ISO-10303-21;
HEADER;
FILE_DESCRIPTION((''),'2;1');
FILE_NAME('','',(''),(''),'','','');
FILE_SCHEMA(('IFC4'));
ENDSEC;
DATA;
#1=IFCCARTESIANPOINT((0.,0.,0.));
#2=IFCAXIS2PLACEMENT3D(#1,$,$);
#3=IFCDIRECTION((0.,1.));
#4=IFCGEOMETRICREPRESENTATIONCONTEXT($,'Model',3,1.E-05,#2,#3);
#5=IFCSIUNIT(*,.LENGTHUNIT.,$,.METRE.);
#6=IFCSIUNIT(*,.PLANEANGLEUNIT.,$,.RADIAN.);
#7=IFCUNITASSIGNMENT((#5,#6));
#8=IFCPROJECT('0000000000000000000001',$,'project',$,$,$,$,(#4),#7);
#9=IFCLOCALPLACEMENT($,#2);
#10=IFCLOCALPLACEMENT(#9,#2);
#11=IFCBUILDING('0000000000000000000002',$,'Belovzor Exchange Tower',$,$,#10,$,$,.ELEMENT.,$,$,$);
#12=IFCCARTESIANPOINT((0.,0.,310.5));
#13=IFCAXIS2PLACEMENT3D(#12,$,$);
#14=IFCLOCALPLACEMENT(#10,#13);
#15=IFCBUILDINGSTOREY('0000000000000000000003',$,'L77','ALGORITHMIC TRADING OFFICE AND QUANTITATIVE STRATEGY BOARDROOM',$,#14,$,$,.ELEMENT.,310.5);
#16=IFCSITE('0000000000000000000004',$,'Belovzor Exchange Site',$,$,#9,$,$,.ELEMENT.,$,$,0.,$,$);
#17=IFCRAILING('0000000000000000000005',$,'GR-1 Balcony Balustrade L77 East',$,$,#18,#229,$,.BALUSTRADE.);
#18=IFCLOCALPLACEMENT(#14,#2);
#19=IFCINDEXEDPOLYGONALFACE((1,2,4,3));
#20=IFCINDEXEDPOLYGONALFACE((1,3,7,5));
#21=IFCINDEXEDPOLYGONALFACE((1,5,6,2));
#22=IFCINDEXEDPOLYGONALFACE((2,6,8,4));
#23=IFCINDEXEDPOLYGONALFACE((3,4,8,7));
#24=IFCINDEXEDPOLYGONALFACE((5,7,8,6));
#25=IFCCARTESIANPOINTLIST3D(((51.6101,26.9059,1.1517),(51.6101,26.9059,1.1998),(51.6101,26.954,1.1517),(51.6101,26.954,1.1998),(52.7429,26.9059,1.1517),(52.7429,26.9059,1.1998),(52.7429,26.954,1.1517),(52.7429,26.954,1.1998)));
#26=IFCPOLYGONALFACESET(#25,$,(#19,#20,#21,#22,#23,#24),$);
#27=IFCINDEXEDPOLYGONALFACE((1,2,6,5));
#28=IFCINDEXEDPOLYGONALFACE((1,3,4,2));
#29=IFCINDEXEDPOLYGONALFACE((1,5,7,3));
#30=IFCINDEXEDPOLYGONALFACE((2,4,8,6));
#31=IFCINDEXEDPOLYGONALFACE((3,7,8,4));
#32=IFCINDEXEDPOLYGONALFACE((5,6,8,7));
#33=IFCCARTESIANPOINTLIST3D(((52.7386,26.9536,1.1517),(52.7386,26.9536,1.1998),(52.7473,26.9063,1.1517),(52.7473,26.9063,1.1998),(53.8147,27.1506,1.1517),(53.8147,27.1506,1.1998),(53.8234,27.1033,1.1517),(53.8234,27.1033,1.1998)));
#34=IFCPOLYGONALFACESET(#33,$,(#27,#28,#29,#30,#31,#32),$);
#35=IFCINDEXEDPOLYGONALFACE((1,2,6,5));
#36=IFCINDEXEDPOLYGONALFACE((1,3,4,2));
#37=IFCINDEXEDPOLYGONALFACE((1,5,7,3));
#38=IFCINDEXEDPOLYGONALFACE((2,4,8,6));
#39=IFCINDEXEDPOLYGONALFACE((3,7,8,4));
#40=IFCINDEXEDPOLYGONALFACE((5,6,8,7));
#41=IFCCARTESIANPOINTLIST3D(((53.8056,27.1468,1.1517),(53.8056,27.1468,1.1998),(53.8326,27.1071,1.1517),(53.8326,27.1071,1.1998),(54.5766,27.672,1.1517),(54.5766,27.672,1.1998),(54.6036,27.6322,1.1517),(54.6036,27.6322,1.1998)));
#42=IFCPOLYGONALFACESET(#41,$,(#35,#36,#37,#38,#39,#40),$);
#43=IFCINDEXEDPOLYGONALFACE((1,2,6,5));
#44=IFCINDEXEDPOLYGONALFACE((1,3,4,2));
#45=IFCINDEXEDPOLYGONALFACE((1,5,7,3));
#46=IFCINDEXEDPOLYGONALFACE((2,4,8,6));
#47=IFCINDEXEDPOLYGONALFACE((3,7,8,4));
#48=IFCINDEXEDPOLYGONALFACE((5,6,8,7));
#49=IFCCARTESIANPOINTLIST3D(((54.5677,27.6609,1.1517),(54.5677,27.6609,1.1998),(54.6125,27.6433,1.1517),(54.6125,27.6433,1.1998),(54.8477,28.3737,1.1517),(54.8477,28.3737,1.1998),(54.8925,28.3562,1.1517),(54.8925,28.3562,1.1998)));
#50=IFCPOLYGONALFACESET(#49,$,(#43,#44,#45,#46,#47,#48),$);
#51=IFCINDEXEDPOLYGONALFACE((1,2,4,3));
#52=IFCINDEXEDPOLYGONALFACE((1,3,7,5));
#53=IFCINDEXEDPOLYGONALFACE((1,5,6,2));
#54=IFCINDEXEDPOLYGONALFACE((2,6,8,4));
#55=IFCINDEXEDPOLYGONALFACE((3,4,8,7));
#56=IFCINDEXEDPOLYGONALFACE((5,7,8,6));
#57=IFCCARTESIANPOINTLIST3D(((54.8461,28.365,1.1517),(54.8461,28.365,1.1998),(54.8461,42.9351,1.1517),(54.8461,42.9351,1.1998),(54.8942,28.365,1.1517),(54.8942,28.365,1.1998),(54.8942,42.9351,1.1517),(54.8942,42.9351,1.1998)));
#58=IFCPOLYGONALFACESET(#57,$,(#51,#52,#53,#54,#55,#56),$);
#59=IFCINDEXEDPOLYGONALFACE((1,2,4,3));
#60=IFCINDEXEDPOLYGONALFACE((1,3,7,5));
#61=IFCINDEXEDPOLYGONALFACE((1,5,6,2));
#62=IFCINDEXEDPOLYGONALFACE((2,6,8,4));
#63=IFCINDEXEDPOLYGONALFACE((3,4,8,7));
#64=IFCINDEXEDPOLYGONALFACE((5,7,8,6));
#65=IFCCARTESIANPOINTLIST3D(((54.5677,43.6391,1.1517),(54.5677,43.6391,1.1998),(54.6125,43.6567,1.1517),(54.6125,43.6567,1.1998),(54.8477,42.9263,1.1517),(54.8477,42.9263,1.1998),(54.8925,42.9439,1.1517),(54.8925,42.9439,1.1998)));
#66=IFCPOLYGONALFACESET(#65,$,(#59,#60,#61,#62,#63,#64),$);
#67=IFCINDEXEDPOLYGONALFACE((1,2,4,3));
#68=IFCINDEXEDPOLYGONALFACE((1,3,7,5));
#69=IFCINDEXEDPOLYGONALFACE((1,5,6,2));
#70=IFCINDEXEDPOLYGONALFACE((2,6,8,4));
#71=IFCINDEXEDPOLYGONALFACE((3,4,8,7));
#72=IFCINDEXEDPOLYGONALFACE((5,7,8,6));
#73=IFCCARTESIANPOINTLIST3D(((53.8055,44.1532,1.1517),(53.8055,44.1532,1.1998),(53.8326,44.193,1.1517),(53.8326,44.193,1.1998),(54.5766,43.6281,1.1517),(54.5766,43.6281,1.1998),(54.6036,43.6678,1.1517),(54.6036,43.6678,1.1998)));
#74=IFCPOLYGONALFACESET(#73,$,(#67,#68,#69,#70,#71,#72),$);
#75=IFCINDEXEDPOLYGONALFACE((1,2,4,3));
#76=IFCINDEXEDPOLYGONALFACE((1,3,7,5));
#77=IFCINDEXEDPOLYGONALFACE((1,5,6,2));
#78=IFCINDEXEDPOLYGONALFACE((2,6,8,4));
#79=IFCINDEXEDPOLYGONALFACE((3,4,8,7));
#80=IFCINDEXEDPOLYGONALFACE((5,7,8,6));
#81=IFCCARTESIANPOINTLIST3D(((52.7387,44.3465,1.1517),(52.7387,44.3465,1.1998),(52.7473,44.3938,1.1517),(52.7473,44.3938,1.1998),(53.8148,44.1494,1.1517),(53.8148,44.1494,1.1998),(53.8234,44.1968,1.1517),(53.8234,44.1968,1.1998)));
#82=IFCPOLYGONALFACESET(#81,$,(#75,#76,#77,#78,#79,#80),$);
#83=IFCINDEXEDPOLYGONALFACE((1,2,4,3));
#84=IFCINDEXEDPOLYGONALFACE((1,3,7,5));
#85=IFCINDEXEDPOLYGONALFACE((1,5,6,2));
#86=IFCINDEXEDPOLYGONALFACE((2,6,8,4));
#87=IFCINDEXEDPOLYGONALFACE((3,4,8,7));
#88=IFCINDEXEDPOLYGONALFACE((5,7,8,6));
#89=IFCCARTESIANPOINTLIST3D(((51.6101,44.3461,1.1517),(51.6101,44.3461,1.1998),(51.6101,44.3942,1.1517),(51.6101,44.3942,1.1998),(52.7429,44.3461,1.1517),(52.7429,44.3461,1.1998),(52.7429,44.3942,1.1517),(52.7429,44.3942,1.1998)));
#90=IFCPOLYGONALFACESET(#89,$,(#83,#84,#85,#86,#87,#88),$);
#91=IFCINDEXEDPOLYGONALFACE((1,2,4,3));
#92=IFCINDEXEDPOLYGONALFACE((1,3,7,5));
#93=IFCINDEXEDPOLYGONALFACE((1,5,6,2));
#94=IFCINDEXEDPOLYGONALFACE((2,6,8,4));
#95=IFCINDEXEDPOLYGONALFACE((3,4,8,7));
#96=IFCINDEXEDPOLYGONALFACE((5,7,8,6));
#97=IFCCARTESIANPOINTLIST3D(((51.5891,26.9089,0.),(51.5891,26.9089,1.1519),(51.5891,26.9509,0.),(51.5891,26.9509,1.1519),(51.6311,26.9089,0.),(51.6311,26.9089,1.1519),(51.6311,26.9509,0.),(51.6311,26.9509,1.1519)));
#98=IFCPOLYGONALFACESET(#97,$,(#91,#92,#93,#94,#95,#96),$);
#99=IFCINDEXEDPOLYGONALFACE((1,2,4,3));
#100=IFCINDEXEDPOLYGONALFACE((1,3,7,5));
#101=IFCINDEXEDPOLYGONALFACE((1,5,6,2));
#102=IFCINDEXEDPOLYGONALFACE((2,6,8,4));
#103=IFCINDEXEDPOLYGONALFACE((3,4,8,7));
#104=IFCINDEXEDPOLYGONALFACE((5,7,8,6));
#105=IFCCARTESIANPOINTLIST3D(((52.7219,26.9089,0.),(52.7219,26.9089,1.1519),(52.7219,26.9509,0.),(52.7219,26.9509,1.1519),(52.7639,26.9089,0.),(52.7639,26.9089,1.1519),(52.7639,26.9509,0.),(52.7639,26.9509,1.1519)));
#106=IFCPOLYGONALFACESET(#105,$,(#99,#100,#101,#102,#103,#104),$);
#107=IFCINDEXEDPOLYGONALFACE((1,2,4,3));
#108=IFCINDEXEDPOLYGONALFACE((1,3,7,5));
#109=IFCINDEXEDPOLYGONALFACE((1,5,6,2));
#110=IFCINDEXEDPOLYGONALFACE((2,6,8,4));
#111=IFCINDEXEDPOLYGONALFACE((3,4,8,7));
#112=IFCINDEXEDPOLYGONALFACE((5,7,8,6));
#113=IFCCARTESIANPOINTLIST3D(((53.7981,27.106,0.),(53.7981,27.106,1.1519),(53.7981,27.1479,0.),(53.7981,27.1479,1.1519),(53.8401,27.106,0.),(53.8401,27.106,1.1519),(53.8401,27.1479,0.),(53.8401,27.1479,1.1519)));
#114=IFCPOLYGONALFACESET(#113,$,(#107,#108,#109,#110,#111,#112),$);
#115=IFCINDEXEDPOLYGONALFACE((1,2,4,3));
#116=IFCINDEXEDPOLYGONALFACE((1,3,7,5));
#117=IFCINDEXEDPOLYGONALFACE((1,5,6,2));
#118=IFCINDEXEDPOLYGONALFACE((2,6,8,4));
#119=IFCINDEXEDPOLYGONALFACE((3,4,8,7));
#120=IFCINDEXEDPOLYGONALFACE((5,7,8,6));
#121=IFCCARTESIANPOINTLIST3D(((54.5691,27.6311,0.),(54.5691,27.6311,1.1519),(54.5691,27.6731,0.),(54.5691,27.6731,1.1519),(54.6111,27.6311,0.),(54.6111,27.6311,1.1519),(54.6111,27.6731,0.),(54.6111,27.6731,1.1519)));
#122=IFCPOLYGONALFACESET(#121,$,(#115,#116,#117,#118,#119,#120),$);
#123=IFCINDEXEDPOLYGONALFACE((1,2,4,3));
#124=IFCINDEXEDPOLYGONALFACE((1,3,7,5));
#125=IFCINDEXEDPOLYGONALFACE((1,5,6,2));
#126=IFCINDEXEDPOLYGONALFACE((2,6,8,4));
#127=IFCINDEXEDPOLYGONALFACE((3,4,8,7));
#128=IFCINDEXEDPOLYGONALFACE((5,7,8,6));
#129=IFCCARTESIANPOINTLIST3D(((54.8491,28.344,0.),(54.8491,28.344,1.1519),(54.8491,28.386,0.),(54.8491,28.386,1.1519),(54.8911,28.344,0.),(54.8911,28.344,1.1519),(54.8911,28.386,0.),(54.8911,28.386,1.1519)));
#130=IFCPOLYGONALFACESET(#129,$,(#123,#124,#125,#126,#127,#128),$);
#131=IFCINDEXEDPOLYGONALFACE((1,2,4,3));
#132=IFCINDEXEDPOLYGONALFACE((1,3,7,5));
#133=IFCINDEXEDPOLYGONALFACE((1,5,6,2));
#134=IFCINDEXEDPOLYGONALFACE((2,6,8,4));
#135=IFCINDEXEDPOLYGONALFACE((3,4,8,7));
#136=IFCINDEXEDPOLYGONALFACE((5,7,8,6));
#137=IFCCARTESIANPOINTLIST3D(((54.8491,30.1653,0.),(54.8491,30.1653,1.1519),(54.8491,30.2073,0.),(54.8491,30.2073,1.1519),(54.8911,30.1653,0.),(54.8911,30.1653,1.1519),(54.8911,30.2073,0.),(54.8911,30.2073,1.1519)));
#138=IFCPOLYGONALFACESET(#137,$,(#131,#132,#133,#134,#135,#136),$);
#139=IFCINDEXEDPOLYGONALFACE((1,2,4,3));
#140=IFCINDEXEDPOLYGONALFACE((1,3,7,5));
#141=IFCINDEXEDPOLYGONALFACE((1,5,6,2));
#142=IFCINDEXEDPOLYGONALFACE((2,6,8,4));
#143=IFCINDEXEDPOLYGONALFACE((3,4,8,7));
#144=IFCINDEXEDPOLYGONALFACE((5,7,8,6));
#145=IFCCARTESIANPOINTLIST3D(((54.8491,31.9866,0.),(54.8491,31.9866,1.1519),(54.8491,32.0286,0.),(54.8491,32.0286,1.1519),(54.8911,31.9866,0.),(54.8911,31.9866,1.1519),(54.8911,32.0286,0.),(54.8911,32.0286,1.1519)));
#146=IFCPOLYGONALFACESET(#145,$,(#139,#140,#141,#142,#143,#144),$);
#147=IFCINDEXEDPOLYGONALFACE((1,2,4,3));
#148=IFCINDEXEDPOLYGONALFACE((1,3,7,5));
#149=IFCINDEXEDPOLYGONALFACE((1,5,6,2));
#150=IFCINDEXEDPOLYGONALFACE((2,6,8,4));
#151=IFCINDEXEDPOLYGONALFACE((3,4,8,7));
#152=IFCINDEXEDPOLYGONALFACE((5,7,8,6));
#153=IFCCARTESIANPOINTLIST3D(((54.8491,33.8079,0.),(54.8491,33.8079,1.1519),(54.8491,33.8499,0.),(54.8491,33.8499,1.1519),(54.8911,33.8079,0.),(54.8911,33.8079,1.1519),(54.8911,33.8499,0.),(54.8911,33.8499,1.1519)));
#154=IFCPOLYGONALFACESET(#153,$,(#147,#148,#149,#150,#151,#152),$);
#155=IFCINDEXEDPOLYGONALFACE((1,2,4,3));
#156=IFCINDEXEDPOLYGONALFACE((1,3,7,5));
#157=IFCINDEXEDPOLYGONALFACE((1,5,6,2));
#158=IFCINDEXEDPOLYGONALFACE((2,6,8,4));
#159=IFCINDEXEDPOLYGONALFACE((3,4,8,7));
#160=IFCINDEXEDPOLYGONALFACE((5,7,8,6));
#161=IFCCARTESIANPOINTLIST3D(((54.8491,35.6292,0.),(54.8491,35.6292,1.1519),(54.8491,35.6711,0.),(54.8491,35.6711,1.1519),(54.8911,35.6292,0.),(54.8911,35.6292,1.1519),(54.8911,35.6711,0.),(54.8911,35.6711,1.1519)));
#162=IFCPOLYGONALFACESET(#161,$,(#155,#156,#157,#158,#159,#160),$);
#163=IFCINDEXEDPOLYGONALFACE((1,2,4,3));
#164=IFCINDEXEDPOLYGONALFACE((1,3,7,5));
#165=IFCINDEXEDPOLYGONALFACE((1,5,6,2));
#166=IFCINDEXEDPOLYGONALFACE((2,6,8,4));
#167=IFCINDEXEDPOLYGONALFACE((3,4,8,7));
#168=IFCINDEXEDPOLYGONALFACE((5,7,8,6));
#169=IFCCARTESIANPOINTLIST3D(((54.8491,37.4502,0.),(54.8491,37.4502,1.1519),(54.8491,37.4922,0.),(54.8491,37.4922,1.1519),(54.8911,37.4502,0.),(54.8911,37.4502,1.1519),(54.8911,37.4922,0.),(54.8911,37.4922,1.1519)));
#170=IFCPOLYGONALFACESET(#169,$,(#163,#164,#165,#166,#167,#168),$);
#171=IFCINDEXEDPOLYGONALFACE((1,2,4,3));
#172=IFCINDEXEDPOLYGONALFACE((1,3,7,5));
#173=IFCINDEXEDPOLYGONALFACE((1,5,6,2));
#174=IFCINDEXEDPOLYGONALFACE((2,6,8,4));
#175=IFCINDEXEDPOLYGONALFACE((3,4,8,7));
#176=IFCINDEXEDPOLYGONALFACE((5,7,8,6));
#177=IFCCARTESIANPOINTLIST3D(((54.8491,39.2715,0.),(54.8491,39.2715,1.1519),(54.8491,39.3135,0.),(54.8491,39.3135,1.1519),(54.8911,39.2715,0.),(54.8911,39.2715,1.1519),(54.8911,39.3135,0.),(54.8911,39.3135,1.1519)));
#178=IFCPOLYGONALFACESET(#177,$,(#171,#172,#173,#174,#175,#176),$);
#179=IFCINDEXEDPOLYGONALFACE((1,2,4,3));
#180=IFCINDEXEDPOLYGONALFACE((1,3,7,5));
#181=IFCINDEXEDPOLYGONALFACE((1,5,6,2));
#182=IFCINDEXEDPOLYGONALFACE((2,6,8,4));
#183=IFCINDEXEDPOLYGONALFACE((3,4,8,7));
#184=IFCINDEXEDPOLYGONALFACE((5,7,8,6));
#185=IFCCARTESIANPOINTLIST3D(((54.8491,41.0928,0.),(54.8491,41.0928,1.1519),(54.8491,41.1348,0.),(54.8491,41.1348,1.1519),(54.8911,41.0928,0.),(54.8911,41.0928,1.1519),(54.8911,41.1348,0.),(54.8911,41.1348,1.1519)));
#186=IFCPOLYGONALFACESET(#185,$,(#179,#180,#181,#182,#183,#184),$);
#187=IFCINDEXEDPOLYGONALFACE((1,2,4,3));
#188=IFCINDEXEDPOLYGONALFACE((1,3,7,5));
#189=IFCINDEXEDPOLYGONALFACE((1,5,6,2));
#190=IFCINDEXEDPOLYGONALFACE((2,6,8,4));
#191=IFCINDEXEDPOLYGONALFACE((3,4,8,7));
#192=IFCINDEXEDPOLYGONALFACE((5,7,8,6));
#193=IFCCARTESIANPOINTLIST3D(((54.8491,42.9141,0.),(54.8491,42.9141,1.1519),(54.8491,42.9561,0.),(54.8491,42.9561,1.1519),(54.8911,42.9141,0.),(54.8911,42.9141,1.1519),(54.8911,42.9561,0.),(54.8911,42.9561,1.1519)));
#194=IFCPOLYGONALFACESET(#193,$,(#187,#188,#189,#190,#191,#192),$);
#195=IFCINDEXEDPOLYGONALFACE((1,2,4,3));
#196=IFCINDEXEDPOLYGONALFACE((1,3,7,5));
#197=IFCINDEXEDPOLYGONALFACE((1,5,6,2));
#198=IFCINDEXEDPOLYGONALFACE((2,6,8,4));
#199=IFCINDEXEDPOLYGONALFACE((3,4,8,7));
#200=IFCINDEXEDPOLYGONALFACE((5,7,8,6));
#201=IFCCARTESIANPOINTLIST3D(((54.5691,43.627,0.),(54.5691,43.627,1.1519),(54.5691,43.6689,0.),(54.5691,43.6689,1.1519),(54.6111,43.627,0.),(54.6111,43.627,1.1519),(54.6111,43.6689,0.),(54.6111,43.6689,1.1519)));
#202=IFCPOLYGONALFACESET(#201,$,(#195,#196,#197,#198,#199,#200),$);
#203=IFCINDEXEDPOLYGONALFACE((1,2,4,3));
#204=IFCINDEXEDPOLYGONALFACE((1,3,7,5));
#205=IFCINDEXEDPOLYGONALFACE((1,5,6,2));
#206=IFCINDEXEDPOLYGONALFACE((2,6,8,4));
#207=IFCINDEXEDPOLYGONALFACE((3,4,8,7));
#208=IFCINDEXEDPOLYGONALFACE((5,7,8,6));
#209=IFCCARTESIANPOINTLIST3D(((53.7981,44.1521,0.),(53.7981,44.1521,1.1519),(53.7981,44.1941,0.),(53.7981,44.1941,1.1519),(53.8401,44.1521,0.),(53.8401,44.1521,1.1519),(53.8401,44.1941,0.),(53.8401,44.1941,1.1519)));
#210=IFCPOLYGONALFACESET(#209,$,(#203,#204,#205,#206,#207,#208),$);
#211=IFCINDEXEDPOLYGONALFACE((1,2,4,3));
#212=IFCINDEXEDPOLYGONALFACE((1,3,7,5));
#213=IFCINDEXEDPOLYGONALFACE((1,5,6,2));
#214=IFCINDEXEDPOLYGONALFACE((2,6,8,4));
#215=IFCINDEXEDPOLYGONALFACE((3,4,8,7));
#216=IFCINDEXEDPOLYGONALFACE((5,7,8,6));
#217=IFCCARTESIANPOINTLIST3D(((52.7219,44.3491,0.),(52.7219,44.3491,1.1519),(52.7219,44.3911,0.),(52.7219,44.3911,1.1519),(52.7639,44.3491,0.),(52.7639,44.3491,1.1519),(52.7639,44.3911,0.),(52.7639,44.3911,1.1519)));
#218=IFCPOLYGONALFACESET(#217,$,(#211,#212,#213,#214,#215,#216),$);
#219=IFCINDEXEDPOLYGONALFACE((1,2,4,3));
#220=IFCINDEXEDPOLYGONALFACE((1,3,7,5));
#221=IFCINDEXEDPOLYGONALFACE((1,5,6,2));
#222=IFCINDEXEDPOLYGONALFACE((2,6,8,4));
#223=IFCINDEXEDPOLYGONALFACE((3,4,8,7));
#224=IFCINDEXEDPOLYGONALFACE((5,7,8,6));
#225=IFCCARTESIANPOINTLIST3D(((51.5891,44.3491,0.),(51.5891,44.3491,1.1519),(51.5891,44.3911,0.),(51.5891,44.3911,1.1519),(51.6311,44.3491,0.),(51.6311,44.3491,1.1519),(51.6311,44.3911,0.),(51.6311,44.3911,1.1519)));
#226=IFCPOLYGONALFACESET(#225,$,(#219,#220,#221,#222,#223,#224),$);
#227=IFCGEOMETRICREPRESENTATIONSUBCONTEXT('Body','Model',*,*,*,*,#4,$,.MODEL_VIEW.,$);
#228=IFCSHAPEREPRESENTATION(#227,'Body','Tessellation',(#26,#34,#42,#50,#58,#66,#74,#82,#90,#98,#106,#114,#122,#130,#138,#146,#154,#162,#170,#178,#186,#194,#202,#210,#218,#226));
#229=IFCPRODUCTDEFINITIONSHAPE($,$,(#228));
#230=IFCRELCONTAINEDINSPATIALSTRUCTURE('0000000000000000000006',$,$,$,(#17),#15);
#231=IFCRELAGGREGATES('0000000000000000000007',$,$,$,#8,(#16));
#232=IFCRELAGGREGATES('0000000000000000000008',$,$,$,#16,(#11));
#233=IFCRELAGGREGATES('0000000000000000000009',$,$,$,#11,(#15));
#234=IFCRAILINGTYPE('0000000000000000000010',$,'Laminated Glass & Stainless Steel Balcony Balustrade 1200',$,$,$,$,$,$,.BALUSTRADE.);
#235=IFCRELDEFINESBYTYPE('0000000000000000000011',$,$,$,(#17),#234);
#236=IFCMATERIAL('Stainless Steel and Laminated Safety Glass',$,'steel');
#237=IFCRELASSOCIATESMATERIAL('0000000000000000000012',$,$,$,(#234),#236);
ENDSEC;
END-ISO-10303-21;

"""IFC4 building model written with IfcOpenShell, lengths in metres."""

from ifc_helpers import new_model, si_unit, direction, frame, origin, origin_2d, place, context, subcontext, project, spatial, rectangle, extrude, material, type_object, element, save


model = new_model("IFC4")

# Units and contexts
model_context = context("Model", 3, precision=1e-05, world=origin(), true_north=direction((0.0, 1.0)))
body_context = subcontext(model_context, "Body", "Model", "MODEL_VIEW")
ifc_project = project(units=[si_unit("LENGTHUNIT", "METRE"), si_unit("PLANEANGLEUNIT", "RADIAN")], contexts=[model_context])

# Site, building, storey
site_placement = place(None, origin())
site = spatial("IfcSite", under=ifc_project, at=site_placement, Name="Belovzor Exchange Site", CompositionType="ELEMENT", RefElevation=0.0)
building_placement = place(site_placement, origin())
building = spatial("IfcBuilding", under=site, at=building_placement, Name="Belovzor Exchange Tower", CompositionType="ELEMENT")
storey_placement = place(building_placement, frame((0.0, 0.0, 310.5)))
storey = spatial("IfcBuildingStorey", under=building, at=storey_placement, Name="L77", Description="ALGORITHMIC TRADING OFFICE AND QUANTITATIVE STRATEGY BOARDROOM", CompositionType="ELEMENT", Elevation=310.5)

# Railing
ifc_material_1 = material(Name="Stainless Steel and Laminated Safety Glass", Category="steel")
railing_type = type_object("IfcRailingType", Name="Laminated Glass & Stainless Steel Balcony Balustrade 1200", PredefinedType="BALUSTRADE", material=ifc_material_1)
railing_placement = place(storey_placement, frame((51.6101, 26.9299, 0.0)))
element("IfcRailing", 1, at=railing_placement, inside=storey, type_object=railing_type, Name="GR-1 Balcony Balustrade L77 East", PredefinedType="BALUSTRADE", context=body_context, shape_type="SweptSolid", body=[
    extrude(rectangle(XDim=0.0481, YDim=0.0481, at=origin_2d()), frame((0.0, 0.0, 1.1758), z_axis=(1.0, 0.0, 0.0), x_axis=(0.0, 1.0, 0.0)), (0.0, 0.0, 1.0), 1.1328),
    extrude(rectangle(XDim=0.0481, YDim=0.0481, at=origin_2d()), frame((1.1328, 0.0, 1.1758), z_axis=(0.983651, 0.180083, 0.0), x_axis=(-0.180083, 0.983651, 0.0)), (0.0, 0.0, 1.0), 1.094),
    extrude(rectangle(XDim=0.0481, YDim=0.0481, at=origin_2d()), frame((2.209, 0.197, 1.1758), z_axis=(0.826493, 0.562947, 0.0), x_axis=(-0.562947, 0.826493, 0.0)), (0.0, 0.0, 1.0), 0.9329),
    extrude(rectangle(XDim=0.0481, YDim=0.0481, at=origin_2d()), frame((2.98, 0.7222, 1.1758), z_axis=(0.365613, 0.930767, 0.0), x_axis=(-0.930767, 0.365613, 0.0)), (0.0, 0.0, 1.0), 0.7659),
    extrude(rectangle(XDim=0.0481, YDim=0.0481, at=origin_2d()), frame((3.26, 1.4351, 1.1758), z_axis=(0.0, 1.0, 0.0), x_axis=(-1.0, 0.0, 0.0)), (0.0, 0.0, 1.0), 14.5701),
    extrude(rectangle(XDim=0.0481, YDim=0.0481, at=origin_2d()), frame((3.26, 16.0051, 1.1758), z_axis=(-0.365613, 0.930767, 0.0), x_axis=(-0.930767, -0.365613, 0.0)), (0.0, 0.0, 1.0), 0.7659),
    extrude(rectangle(XDim=0.0481, YDim=0.0481, at=origin_2d()), frame((2.98, 16.718, 1.1758), z_axis=(-0.826493, 0.562947, 0.0), x_axis=(-0.562947, -0.826493, 0.0)), (0.0, 0.0, 1.0), 0.9329),
    extrude(rectangle(XDim=0.0481, YDim=0.0481, at=origin_2d()), frame((2.209, 17.2432, 1.1758), z_axis=(-0.983651, 0.180083, 0.0), x_axis=(-0.180083, -0.983651, 0.0)), (0.0, 0.0, 1.0), 1.094),
    extrude(rectangle(XDim=0.0481, YDim=0.0481, at=origin_2d()), frame((1.1328, 17.4402, 1.1758), z_axis=(-1.0, 0.0, 0.0), x_axis=(0.0, -1.0, 0.0)), (0.0, 0.0, 1.0), 1.1328),
    extrude(rectangle(XDim=0.042, YDim=0.042, at=origin_2d()), origin(), (0.0, 0.0, 1.0), 1.1519),
    extrude(rectangle(XDim=0.042, YDim=0.042, at=origin_2d()), frame((1.1328, 0.0, 0.0)), (0.0, 0.0, 1.0), 1.1519),
    extrude(rectangle(XDim=0.042, YDim=0.042, at=origin_2d()), frame((2.209, 0.197, 0.0)), (0.0, 0.0, 1.0), 1.1519),
    extrude(rectangle(XDim=0.042, YDim=0.042, at=origin_2d()), frame((2.98, 0.7222, 0.0)), (0.0, 0.0, 1.0), 1.1519),
    extrude(rectangle(XDim=0.042, YDim=0.042, at=origin_2d()), frame((3.26, 1.4351, 0.0)), (0.0, 0.0, 1.0), 1.1519),
    extrude(rectangle(XDim=0.042, YDim=0.042, at=origin_2d()), frame((3.26, 3.2563, 0.0)), (0.0, 0.0, 1.0), 1.1519),
    extrude(rectangle(XDim=0.042, YDim=0.042, at=origin_2d()), frame((3.26, 5.0776, 0.0)), (0.0, 0.0, 1.0), 1.1519),
    extrude(rectangle(XDim=0.042, YDim=0.042, at=origin_2d()), frame((3.26, 6.8989, 0.0)), (0.0, 0.0, 1.0), 1.1519),
    extrude(rectangle(XDim=0.042, YDim=0.042, at=origin_2d()), frame((3.26, 8.7202, 0.0)), (0.0, 0.0, 1.0), 1.1519),
    extrude(rectangle(XDim=0.042, YDim=0.042, at=origin_2d()), frame((3.26, 10.5413, 0.0)), (0.0, 0.0, 1.0), 1.1519),
    extrude(rectangle(XDim=0.042, YDim=0.042, at=origin_2d()), frame((3.26, 12.3625, 0.0)), (0.0, 0.0, 1.0), 1.1519),
    extrude(rectangle(XDim=0.042, YDim=0.042, at=origin_2d()), frame((3.26, 14.1838, 0.0)), (0.0, 0.0, 1.0), 1.1519),
    extrude(rectangle(XDim=0.042, YDim=0.042, at=origin_2d()), frame((3.26, 16.0051, 0.0)), (0.0, 0.0, 1.0), 1.1519),
    extrude(rectangle(XDim=0.042, YDim=0.042, at=origin_2d()), frame((2.98, 16.718, 0.0)), (0.0, 0.0, 1.0), 1.1519),
    extrude(rectangle(XDim=0.042, YDim=0.042, at=origin_2d()), frame((2.209, 17.2432, 0.0)), (0.0, 0.0, 1.0), 1.1519),
    extrude(rectangle(XDim=0.042, YDim=0.042, at=origin_2d()), frame((1.1328, 17.4402, 0.0)), (0.0, 0.0, 1.0), 1.1519),
    extrude(rectangle(XDim=0.042, YDim=0.042, at=origin_2d()), frame((0.0, 17.4402, 0.0)), (0.0, 0.0, 1.0), 1.1519),
])

save(model, "model.ifc")
